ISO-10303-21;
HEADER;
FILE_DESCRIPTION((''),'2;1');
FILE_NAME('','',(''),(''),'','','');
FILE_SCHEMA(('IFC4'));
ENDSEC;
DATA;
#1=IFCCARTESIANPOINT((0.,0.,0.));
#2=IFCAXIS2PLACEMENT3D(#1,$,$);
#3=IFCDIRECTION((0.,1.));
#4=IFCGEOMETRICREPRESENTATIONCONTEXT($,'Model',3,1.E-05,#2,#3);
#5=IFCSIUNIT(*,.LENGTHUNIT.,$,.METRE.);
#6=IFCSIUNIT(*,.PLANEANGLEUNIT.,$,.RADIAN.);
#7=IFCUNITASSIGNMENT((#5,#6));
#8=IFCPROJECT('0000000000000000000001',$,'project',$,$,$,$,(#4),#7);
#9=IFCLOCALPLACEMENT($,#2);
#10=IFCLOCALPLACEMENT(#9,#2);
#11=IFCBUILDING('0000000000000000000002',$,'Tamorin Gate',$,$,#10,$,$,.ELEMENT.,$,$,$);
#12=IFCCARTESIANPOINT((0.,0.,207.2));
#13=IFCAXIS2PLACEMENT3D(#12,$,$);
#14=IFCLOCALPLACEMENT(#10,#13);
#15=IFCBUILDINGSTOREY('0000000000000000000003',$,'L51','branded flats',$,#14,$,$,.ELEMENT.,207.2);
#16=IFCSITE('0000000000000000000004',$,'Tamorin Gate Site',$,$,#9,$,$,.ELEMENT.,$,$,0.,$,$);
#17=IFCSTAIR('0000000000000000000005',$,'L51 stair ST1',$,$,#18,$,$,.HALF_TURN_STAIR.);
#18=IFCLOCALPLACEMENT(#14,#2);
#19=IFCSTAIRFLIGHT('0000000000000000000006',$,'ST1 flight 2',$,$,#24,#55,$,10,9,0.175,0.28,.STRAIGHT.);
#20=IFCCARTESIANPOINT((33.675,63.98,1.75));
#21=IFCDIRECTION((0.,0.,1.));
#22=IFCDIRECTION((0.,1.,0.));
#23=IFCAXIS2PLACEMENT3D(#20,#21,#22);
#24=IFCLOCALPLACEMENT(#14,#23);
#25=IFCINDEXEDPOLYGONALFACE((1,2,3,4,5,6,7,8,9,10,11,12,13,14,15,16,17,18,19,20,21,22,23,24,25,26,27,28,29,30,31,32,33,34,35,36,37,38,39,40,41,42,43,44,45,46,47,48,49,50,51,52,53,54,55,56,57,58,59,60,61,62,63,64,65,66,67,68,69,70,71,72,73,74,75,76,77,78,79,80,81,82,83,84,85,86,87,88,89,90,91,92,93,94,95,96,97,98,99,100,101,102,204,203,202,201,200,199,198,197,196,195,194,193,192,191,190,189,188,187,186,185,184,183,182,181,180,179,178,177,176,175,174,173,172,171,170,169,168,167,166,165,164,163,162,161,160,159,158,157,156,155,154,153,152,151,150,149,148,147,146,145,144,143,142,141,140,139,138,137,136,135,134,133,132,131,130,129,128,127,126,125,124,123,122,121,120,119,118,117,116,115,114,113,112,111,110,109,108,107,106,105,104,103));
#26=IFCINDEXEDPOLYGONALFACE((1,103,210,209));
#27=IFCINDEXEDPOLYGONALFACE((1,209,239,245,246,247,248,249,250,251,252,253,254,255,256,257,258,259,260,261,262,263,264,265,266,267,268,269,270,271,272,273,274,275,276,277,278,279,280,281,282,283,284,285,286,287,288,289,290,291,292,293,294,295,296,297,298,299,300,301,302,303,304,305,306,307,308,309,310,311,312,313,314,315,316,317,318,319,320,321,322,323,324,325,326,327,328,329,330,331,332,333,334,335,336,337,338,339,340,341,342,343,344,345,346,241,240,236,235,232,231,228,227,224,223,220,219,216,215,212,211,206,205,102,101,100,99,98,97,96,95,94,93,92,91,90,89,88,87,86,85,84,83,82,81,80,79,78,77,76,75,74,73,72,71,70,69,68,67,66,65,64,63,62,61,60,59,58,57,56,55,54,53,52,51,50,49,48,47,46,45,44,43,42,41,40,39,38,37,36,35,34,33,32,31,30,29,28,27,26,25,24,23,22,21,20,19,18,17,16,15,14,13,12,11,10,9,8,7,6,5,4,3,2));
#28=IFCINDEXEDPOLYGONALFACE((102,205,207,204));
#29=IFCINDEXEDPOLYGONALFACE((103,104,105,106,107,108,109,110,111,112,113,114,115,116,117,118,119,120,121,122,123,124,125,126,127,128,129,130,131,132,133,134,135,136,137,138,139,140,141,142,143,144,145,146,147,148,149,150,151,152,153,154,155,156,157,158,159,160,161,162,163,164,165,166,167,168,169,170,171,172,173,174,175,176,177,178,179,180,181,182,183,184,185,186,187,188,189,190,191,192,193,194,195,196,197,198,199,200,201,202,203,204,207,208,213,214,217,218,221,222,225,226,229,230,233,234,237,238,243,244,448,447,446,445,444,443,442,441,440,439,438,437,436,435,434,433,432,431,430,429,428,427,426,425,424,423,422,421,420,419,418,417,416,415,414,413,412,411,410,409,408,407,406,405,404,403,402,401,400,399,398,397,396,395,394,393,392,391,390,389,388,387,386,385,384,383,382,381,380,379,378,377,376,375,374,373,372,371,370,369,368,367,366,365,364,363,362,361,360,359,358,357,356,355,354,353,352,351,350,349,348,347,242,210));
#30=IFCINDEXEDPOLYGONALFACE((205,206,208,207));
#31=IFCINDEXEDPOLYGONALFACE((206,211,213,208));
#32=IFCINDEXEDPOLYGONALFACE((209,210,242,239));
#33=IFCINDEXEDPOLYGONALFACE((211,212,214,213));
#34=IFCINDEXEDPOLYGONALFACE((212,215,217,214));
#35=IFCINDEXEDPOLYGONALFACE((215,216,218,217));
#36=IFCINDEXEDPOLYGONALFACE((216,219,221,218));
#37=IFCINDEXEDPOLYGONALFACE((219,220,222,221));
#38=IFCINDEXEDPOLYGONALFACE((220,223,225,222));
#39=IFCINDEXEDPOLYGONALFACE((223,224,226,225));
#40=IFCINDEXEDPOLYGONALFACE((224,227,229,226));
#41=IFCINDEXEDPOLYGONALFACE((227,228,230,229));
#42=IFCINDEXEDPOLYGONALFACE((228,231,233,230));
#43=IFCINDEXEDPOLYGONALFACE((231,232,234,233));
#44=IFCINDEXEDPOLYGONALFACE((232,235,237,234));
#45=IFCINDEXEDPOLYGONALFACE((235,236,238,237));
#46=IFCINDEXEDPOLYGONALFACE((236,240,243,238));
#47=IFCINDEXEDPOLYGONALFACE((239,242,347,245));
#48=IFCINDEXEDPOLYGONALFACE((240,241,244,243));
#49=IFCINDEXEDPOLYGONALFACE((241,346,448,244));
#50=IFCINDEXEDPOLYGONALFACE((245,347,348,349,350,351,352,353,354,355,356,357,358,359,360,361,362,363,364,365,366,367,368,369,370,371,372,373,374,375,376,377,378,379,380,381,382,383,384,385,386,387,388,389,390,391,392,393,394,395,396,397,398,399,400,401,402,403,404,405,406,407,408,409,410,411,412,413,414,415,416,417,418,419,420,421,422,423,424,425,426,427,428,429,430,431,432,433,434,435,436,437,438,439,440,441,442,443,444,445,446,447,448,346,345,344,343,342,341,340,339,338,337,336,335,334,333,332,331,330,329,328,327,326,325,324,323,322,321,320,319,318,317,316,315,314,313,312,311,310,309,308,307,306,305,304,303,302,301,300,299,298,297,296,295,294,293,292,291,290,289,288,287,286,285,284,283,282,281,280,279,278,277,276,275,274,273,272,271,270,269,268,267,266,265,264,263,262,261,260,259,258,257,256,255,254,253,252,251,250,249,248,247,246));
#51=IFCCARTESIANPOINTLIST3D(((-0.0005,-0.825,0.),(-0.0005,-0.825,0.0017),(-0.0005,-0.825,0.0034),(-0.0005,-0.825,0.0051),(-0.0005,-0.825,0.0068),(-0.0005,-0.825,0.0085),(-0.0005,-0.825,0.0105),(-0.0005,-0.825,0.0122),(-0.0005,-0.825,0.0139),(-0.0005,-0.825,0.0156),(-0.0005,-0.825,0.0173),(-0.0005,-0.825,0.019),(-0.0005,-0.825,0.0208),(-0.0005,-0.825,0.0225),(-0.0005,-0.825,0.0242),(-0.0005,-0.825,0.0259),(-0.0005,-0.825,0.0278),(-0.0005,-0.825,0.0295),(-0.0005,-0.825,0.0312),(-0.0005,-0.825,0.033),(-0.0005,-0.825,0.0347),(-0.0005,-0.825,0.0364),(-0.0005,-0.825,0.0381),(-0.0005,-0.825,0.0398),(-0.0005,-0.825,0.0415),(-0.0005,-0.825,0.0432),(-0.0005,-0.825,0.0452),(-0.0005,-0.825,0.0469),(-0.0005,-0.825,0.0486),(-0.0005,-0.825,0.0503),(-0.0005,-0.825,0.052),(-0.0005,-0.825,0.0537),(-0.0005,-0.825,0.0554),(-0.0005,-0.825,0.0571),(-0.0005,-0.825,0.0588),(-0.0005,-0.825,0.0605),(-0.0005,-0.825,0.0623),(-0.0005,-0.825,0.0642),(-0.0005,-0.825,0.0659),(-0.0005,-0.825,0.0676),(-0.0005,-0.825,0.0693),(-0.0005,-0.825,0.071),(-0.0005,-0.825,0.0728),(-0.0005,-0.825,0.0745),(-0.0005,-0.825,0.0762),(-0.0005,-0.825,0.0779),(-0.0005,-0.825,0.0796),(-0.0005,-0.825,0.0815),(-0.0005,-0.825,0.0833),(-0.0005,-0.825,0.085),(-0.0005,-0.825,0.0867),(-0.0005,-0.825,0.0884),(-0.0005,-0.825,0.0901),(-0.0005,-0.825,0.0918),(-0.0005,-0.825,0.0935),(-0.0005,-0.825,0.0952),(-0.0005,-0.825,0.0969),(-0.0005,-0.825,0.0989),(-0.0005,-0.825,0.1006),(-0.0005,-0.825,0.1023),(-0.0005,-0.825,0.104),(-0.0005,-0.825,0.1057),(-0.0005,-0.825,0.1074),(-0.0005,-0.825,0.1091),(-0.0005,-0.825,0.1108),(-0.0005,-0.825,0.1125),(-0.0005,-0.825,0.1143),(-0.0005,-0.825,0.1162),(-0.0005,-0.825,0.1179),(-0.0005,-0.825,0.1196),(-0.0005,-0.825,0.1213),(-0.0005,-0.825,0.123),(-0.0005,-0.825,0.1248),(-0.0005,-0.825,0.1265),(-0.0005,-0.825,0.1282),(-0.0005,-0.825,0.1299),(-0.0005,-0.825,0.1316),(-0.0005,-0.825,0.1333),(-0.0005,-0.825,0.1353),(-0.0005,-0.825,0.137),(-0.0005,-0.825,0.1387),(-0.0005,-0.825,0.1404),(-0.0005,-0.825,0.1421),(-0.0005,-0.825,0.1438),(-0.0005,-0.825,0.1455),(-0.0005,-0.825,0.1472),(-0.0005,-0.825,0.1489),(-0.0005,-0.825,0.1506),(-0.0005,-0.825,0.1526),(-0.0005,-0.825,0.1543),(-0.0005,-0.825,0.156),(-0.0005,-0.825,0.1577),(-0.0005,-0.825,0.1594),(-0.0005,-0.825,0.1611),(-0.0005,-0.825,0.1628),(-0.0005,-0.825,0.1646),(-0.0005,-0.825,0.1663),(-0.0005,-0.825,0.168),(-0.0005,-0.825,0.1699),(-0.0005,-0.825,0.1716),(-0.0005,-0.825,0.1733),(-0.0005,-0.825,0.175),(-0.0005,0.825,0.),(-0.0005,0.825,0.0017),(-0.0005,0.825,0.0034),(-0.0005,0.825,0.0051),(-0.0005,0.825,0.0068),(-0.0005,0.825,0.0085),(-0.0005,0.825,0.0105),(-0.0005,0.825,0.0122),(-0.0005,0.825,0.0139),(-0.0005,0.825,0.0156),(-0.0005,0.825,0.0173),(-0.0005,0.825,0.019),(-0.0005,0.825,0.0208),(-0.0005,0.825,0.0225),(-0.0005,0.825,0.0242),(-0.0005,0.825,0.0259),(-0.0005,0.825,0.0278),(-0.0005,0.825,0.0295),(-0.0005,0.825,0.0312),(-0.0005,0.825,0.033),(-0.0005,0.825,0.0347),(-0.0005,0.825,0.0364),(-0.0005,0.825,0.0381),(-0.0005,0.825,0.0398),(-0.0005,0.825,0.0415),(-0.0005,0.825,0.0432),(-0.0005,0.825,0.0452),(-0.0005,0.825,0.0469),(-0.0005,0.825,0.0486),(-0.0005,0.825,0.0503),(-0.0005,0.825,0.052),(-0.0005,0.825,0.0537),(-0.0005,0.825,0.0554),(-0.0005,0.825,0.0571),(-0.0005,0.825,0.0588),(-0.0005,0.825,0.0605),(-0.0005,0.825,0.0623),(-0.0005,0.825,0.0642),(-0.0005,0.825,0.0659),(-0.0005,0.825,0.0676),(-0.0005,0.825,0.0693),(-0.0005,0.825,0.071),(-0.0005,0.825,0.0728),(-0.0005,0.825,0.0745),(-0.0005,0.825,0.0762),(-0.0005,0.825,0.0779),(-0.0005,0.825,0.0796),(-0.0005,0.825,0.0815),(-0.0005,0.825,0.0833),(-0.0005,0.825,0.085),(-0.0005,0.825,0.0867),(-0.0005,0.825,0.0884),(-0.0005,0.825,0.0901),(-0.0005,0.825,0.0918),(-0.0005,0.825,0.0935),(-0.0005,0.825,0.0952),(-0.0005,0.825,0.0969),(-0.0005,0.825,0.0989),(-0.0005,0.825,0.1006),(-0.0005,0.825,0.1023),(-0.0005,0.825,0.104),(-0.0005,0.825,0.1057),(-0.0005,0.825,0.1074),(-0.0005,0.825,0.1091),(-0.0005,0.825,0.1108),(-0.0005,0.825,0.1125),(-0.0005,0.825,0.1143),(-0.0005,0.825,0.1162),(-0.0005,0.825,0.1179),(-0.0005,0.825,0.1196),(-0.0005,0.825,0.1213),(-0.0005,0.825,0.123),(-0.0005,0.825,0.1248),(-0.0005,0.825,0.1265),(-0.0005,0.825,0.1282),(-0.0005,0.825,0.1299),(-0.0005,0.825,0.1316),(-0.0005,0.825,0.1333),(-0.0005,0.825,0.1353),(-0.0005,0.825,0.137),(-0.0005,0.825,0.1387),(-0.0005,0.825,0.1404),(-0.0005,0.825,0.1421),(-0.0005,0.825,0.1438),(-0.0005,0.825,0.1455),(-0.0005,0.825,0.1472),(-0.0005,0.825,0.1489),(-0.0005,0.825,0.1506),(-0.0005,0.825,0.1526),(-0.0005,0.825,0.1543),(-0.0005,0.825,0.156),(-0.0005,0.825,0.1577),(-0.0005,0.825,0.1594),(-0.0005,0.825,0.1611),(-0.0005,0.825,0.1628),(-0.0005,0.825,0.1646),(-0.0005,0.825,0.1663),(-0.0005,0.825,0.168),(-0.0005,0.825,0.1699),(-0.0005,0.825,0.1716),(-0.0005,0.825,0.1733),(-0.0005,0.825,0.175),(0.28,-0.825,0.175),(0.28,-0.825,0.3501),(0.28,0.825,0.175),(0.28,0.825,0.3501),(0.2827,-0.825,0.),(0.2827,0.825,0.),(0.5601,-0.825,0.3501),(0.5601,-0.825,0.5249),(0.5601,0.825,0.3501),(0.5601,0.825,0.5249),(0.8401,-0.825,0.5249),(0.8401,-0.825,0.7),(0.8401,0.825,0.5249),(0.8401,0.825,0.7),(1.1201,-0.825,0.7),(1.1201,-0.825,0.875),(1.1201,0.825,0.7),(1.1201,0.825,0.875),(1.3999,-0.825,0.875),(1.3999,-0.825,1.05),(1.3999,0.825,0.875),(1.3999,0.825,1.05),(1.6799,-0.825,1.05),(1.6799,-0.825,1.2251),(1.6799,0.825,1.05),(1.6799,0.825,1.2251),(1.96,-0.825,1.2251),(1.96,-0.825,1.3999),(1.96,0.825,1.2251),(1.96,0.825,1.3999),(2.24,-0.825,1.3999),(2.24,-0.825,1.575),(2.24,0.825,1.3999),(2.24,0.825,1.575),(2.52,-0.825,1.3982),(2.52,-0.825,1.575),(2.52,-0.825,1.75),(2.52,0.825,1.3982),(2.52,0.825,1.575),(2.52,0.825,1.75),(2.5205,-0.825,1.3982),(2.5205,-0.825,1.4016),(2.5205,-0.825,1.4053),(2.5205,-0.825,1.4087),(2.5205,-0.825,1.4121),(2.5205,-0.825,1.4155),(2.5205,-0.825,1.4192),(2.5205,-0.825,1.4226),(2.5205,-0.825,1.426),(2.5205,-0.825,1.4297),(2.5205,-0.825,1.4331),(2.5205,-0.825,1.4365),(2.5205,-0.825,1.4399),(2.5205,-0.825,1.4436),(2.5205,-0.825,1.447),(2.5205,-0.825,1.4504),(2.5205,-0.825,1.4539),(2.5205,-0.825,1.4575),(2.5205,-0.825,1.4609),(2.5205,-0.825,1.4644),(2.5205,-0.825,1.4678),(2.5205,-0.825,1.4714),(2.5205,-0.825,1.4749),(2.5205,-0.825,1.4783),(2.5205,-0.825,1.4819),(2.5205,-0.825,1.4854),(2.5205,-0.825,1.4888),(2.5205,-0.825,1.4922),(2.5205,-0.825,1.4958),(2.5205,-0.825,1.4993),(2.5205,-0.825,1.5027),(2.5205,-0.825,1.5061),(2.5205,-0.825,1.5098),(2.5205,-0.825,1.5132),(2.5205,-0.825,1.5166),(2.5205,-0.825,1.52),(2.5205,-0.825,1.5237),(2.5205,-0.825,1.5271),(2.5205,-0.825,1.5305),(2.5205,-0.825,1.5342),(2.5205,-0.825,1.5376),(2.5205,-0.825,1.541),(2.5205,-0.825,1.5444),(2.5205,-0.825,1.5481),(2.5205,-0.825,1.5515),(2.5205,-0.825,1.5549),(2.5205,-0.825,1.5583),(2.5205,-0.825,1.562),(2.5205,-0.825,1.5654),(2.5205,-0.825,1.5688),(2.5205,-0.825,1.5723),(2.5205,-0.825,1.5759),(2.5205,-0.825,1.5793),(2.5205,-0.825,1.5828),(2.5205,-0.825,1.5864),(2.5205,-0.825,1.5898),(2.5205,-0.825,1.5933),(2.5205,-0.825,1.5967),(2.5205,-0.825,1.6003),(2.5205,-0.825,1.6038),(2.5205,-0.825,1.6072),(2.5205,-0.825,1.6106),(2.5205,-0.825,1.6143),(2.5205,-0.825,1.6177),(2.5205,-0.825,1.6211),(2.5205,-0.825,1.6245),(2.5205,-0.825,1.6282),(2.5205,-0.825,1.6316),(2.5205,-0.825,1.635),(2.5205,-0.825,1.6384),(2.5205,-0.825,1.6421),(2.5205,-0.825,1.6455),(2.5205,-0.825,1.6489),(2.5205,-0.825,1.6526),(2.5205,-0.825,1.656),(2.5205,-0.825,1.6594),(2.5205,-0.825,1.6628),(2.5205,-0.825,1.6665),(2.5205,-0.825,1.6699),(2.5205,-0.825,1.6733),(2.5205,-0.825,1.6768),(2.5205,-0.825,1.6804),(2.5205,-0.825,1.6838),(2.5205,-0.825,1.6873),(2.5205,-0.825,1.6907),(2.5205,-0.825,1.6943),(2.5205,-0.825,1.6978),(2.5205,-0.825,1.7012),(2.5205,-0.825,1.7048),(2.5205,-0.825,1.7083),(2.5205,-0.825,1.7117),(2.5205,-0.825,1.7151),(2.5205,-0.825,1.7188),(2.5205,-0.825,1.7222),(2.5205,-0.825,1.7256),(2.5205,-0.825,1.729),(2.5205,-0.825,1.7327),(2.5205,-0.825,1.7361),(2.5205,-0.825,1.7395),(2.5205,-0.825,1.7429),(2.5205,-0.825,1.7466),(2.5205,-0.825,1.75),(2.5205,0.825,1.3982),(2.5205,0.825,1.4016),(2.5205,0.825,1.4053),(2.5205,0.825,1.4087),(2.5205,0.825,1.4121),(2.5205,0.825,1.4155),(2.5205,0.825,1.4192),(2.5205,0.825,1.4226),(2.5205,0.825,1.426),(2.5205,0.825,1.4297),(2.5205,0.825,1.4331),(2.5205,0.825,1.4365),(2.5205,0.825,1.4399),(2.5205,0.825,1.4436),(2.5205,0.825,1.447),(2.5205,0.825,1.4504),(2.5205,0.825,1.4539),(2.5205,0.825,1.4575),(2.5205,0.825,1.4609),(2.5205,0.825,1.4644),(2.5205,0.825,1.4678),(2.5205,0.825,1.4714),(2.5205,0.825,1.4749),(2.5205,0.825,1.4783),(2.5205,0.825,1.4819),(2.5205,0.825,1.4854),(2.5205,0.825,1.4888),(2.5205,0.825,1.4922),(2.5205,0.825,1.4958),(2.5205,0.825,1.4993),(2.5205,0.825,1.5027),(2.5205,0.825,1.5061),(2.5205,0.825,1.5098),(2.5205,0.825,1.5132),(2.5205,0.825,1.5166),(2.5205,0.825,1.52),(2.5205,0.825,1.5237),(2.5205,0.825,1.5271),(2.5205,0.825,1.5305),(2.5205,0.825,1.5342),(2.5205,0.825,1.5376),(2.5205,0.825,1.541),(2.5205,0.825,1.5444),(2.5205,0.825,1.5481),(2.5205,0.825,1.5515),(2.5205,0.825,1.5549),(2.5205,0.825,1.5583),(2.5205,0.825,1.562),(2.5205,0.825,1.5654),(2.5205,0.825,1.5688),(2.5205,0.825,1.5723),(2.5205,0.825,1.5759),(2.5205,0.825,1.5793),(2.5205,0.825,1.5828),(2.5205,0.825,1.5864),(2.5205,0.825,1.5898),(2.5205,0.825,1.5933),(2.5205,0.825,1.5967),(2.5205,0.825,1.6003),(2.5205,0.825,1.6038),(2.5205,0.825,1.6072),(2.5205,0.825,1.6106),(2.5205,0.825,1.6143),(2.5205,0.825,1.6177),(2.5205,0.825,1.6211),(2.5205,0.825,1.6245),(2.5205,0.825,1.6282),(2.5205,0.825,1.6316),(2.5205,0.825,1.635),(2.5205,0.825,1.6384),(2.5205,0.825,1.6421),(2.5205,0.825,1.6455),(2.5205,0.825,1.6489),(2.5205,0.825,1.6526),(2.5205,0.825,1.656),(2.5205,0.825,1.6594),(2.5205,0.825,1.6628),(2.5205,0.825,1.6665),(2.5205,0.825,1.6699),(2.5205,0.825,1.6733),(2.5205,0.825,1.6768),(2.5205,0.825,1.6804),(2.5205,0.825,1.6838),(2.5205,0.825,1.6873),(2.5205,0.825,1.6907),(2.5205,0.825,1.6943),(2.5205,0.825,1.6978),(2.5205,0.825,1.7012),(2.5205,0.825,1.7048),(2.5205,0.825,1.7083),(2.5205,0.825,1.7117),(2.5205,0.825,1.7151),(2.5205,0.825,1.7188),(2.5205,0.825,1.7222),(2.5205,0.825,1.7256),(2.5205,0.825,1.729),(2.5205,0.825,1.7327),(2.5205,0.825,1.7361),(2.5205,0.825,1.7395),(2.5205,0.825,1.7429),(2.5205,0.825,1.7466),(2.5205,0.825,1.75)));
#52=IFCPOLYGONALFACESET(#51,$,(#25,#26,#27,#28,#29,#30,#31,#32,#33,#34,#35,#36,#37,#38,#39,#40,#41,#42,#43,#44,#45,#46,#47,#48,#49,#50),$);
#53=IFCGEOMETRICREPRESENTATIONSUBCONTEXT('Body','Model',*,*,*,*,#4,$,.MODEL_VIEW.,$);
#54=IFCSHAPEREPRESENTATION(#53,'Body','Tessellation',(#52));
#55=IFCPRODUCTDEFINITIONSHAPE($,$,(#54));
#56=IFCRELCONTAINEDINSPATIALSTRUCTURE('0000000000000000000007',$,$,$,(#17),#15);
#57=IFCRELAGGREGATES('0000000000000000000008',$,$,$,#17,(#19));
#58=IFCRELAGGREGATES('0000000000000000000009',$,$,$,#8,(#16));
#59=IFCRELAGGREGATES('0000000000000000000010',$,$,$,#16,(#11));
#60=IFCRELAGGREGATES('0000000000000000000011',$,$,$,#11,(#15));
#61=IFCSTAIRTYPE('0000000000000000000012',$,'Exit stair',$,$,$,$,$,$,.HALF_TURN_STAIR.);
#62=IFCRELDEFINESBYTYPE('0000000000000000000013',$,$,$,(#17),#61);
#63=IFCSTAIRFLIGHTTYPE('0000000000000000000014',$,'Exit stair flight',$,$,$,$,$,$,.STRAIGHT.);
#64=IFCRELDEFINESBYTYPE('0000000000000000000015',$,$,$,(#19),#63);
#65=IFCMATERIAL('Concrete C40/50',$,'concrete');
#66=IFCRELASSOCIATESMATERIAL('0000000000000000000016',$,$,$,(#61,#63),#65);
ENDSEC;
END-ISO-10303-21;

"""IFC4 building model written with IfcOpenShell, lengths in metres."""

from ifc_helpers import new_model, si_unit, direction, frame, origin, place, context, subcontext, project, spatial, polyline, outline, extrude, material, type_object, element, aggregate, save


model = new_model("IFC4")

# Units and contexts
model_context = context("Model", 3, precision=1e-05, world=origin(), true_north=direction((0.0, 1.0)))
body_context = subcontext(model_context, "Body", "Model", "MODEL_VIEW")
ifc_project = project(units=[si_unit("LENGTHUNIT", "METRE"), si_unit("PLANEANGLEUNIT", "RADIAN")], contexts=[model_context])

# Site, building, storey
site_placement = place(None, origin())
site = spatial("IfcSite", under=ifc_project, at=site_placement, Name="Tamorin Gate Site", CompositionType="ELEMENT", RefElevation=0.0)
building_placement = place(site_placement, origin())
building = spatial("IfcBuilding", under=site, at=building_placement, Name="Tamorin Gate", CompositionType="ELEMENT")
storey_placement = place(building_placement, frame((0.0, 0.0, 207.2)))
storey = spatial("IfcBuildingStorey", under=building, at=storey_placement, Name="L51", Description="branded flats", CompositionType="ELEMENT", Elevation=207.2)

# Shared definitions
ifc_material_1 = material(Name="Concrete C40/50", Category="concrete")

# Stair, stair flight
stair_type = type_object("IfcStairType", Name="Exit stair", PredefinedType="HALF_TURN_STAIR", material=ifc_material_1)
stair_1_placement = place(storey_placement, origin())
stair_1 = element("IfcStair", 1, at=stair_1_placement, inside=storey, type_object=stair_type, Name="L51 stair ST1", PredefinedType="HALF_TURN_STAIR")
stair_flight_type = type_object("IfcStairFlightType", Name="Exit stair flight", PredefinedType="STRAIGHT", material=ifc_material_1)
stair_flight_1_placement = place(storey_placement, frame((33.675, 63.98, 1.75), z_axis=(0.0, 0.0, 1.0), x_axis=(0.0, 1.0, 0.0)))
stair_flight_1 = element("IfcStairFlight", 2, at=stair_flight_1_placement, type_object=stair_flight_type, Name="ST1 flight 2", NumberOfRisers=10, NumberOfTreads=9, PredefinedType="STRAIGHT", RiserHeight=0.175, TreadLength=0.28, context=body_context, shape_type="SweptSolid", body=[
    extrude(outline(polyline([(-0.0005, 0.0), (-0.0005, 0.0017), (-0.0005, 0.0034), (-0.0005, 0.0051), (-0.0005, 0.0068), (-0.0005, 0.0085), (-0.0005, 0.0105), (-0.0005, 0.0122), (-0.0005, 0.0139), (-0.0005, 0.0156), (-0.0005, 0.0173), (-0.0005, 0.019), (-0.0005, 0.0208), (-0.0005, 0.0225), (-0.0005, 0.0242), (-0.0005, 0.0259), (-0.0005, 0.0278), (-0.0005, 0.0295), (-0.0005, 0.0312), (-0.0005, 0.033), (-0.0005, 0.0347), (-0.0005, 0.0364), (-0.0005, 0.0381), (-0.0005, 0.0398), (-0.0005, 0.0415), (-0.0005, 0.0432), (-0.0005, 0.0452), (-0.0005, 0.0469), (-0.0005, 0.0486), (-0.0005, 0.0503), (-0.0005, 0.052), (-0.0005, 0.0537), (-0.0005, 0.0554), (-0.0005, 0.0571), (-0.0005, 0.0588), (-0.0005, 0.0605), (-0.0005, 0.0623), (-0.0005, 0.0642), (-0.0005, 0.0659), (-0.0005, 0.0676), (-0.0005, 0.0693), (-0.0005, 0.071), (-0.0005, 0.0728), (-0.0005, 0.0745), (-0.0005, 0.0762), (-0.0005, 0.0779), (-0.0005, 0.0796), (-0.0005, 0.0815), (-0.0005, 0.0833), (-0.0005, 0.085), (-0.0005, 0.0867), (-0.0005, 0.0884), (-0.0005, 0.0901), (-0.0005, 0.0918), (-0.0005, 0.0935), (-0.0005, 0.0952), (-0.0005, 0.0969), (-0.0005, 0.0989), (-0.0005, 0.1006), (-0.0005, 0.1023), (-0.0005, 0.104), (-0.0005, 0.1057), (-0.0005, 0.1074), (-0.0005, 0.1091), (-0.0005, 0.1108), (-0.0005, 0.1125), (-0.0005, 0.1143), (-0.0005, 0.1162), (-0.0005, 0.1179), (-0.0005, 0.1196), (-0.0005, 0.1213), (-0.0005, 0.123), (-0.0005, 0.1248), (-0.0005, 0.1265), (-0.0005, 0.1282), (-0.0005, 0.1299), (-0.0005, 0.1316), (-0.0005, 0.1333), (-0.0005, 0.1353), (-0.0005, 0.137), (-0.0005, 0.1387), (-0.0005, 0.1404), (-0.0005, 0.1421), (-0.0005, 0.1438), (-0.0005, 0.1455), (-0.0005, 0.1472), (-0.0005, 0.1489), (-0.0005, 0.1506), (-0.0005, 0.1526), (-0.0005, 0.1543), (-0.0005, 0.156), (-0.0005, 0.1577), (-0.0005, 0.1594), (-0.0005, 0.1611), (-0.0005, 0.1628), (-0.0005, 0.1646), (-0.0005, 0.1663), (-0.0005, 0.168), (-0.0005, 0.1699), (-0.0005, 0.1716), (-0.0005, 0.1733), (-0.0005, 0.175), (0.28, 0.175), (0.28, 0.3501), (0.5601, 0.3501), (0.5601, 0.5249), (0.8401, 0.5249), (0.8401, 0.7), (1.1201, 0.7), (1.1201, 0.875), (1.3999, 0.875), (1.3999, 1.05), (1.6799, 1.05), (1.6799, 1.2251), (1.96, 1.2251), (1.96, 1.3999), (2.24, 1.3999), (2.24, 1.575), (2.52, 1.575), (2.52, 1.75), (2.5205, 1.75), (2.5205, 1.7466), (2.5205, 1.7429), (2.5205, 1.7395), (2.5205, 1.7361), (2.5205, 1.7327), (2.5205, 1.729), (2.5205, 1.7256), (2.5205, 1.7222), (2.5205, 1.7188), (2.5205, 1.7151), (2.5205, 1.7117), (2.5205, 1.7083), (2.5205, 1.7048), (2.5205, 1.7012), (2.5205, 1.6978), (2.5205, 1.6943), (2.5205, 1.6907), (2.5205, 1.6873), (2.5205, 1.6838), (2.5205, 1.6804), (2.5205, 1.6768), (2.5205, 1.6733), (2.5205, 1.6699), (2.5205, 1.6665), (2.5205, 1.6628), (2.5205, 1.6594), (2.5205, 1.656), (2.5205, 1.6526), (2.5205, 1.6489), (2.5205, 1.6455), (2.5205, 1.6421), (2.5205, 1.6384), (2.5205, 1.635), (2.5205, 1.6316), (2.5205, 1.6282), (2.5205, 1.6245), (2.5205, 1.6211), (2.5205, 1.6177), (2.5205, 1.6143), (2.5205, 1.6106), (2.5205, 1.6072), (2.5205, 1.6038), (2.5205, 1.6003), (2.5205, 1.5967), (2.5205, 1.5933), (2.5205, 1.5898), (2.5205, 1.5864), (2.5205, 1.5828), (2.5205, 1.5793), (2.5205, 1.5759), (2.5205, 1.5723), (2.5205, 1.5688), (2.5205, 1.5654), (2.5205, 1.562), (2.5205, 1.5583), (2.5205, 1.5549), (2.5205, 1.5515), (2.5205, 1.5481), (2.5205, 1.5444), (2.5205, 1.541), (2.5205, 1.5376), (2.5205, 1.5342), (2.5205, 1.5305), (2.5205, 1.5271), (2.5205, 1.5237), (2.5205, 1.52), (2.5205, 1.5166), (2.5205, 1.5132), (2.5205, 1.5098), (2.5205, 1.5061), (2.5205, 1.5027), (2.5205, 1.4993), (2.5205, 1.4958), (2.5205, 1.4922), (2.5205, 1.4888), (2.5205, 1.4854), (2.5205, 1.4819), (2.5205, 1.4783), (2.5205, 1.4749), (2.5205, 1.4714), (2.5205, 1.4678), (2.5205, 1.4644), (2.5205, 1.4609), (2.5205, 1.4575), (2.5205, 1.4539), (2.5205, 1.4504), (2.5205, 1.447), (2.5205, 1.4436), (2.5205, 1.4399), (2.5205, 1.4365), (2.5205, 1.4331), (2.5205, 1.4297), (2.5205, 1.426), (2.5205, 1.4226), (2.5205, 1.4192), (2.5205, 1.4155), (2.5205, 1.4121), (2.5205, 1.4087), (2.5205, 1.4053), (2.5205, 1.4016), (2.5205, 1.3982), (2.52, 1.3982), (0.2827, 0.0), (-0.0005, 0.0)])), frame((0.0, 0.825, 0.0), z_axis=(0.0, -1.0, 0.0), x_axis=(1.0, 0.0, 0.0)), (0.0, 0.0, 1.0), 1.6499),
])
aggregate(stair_1, [stair_flight_1])

save(model, "model.ifc")
